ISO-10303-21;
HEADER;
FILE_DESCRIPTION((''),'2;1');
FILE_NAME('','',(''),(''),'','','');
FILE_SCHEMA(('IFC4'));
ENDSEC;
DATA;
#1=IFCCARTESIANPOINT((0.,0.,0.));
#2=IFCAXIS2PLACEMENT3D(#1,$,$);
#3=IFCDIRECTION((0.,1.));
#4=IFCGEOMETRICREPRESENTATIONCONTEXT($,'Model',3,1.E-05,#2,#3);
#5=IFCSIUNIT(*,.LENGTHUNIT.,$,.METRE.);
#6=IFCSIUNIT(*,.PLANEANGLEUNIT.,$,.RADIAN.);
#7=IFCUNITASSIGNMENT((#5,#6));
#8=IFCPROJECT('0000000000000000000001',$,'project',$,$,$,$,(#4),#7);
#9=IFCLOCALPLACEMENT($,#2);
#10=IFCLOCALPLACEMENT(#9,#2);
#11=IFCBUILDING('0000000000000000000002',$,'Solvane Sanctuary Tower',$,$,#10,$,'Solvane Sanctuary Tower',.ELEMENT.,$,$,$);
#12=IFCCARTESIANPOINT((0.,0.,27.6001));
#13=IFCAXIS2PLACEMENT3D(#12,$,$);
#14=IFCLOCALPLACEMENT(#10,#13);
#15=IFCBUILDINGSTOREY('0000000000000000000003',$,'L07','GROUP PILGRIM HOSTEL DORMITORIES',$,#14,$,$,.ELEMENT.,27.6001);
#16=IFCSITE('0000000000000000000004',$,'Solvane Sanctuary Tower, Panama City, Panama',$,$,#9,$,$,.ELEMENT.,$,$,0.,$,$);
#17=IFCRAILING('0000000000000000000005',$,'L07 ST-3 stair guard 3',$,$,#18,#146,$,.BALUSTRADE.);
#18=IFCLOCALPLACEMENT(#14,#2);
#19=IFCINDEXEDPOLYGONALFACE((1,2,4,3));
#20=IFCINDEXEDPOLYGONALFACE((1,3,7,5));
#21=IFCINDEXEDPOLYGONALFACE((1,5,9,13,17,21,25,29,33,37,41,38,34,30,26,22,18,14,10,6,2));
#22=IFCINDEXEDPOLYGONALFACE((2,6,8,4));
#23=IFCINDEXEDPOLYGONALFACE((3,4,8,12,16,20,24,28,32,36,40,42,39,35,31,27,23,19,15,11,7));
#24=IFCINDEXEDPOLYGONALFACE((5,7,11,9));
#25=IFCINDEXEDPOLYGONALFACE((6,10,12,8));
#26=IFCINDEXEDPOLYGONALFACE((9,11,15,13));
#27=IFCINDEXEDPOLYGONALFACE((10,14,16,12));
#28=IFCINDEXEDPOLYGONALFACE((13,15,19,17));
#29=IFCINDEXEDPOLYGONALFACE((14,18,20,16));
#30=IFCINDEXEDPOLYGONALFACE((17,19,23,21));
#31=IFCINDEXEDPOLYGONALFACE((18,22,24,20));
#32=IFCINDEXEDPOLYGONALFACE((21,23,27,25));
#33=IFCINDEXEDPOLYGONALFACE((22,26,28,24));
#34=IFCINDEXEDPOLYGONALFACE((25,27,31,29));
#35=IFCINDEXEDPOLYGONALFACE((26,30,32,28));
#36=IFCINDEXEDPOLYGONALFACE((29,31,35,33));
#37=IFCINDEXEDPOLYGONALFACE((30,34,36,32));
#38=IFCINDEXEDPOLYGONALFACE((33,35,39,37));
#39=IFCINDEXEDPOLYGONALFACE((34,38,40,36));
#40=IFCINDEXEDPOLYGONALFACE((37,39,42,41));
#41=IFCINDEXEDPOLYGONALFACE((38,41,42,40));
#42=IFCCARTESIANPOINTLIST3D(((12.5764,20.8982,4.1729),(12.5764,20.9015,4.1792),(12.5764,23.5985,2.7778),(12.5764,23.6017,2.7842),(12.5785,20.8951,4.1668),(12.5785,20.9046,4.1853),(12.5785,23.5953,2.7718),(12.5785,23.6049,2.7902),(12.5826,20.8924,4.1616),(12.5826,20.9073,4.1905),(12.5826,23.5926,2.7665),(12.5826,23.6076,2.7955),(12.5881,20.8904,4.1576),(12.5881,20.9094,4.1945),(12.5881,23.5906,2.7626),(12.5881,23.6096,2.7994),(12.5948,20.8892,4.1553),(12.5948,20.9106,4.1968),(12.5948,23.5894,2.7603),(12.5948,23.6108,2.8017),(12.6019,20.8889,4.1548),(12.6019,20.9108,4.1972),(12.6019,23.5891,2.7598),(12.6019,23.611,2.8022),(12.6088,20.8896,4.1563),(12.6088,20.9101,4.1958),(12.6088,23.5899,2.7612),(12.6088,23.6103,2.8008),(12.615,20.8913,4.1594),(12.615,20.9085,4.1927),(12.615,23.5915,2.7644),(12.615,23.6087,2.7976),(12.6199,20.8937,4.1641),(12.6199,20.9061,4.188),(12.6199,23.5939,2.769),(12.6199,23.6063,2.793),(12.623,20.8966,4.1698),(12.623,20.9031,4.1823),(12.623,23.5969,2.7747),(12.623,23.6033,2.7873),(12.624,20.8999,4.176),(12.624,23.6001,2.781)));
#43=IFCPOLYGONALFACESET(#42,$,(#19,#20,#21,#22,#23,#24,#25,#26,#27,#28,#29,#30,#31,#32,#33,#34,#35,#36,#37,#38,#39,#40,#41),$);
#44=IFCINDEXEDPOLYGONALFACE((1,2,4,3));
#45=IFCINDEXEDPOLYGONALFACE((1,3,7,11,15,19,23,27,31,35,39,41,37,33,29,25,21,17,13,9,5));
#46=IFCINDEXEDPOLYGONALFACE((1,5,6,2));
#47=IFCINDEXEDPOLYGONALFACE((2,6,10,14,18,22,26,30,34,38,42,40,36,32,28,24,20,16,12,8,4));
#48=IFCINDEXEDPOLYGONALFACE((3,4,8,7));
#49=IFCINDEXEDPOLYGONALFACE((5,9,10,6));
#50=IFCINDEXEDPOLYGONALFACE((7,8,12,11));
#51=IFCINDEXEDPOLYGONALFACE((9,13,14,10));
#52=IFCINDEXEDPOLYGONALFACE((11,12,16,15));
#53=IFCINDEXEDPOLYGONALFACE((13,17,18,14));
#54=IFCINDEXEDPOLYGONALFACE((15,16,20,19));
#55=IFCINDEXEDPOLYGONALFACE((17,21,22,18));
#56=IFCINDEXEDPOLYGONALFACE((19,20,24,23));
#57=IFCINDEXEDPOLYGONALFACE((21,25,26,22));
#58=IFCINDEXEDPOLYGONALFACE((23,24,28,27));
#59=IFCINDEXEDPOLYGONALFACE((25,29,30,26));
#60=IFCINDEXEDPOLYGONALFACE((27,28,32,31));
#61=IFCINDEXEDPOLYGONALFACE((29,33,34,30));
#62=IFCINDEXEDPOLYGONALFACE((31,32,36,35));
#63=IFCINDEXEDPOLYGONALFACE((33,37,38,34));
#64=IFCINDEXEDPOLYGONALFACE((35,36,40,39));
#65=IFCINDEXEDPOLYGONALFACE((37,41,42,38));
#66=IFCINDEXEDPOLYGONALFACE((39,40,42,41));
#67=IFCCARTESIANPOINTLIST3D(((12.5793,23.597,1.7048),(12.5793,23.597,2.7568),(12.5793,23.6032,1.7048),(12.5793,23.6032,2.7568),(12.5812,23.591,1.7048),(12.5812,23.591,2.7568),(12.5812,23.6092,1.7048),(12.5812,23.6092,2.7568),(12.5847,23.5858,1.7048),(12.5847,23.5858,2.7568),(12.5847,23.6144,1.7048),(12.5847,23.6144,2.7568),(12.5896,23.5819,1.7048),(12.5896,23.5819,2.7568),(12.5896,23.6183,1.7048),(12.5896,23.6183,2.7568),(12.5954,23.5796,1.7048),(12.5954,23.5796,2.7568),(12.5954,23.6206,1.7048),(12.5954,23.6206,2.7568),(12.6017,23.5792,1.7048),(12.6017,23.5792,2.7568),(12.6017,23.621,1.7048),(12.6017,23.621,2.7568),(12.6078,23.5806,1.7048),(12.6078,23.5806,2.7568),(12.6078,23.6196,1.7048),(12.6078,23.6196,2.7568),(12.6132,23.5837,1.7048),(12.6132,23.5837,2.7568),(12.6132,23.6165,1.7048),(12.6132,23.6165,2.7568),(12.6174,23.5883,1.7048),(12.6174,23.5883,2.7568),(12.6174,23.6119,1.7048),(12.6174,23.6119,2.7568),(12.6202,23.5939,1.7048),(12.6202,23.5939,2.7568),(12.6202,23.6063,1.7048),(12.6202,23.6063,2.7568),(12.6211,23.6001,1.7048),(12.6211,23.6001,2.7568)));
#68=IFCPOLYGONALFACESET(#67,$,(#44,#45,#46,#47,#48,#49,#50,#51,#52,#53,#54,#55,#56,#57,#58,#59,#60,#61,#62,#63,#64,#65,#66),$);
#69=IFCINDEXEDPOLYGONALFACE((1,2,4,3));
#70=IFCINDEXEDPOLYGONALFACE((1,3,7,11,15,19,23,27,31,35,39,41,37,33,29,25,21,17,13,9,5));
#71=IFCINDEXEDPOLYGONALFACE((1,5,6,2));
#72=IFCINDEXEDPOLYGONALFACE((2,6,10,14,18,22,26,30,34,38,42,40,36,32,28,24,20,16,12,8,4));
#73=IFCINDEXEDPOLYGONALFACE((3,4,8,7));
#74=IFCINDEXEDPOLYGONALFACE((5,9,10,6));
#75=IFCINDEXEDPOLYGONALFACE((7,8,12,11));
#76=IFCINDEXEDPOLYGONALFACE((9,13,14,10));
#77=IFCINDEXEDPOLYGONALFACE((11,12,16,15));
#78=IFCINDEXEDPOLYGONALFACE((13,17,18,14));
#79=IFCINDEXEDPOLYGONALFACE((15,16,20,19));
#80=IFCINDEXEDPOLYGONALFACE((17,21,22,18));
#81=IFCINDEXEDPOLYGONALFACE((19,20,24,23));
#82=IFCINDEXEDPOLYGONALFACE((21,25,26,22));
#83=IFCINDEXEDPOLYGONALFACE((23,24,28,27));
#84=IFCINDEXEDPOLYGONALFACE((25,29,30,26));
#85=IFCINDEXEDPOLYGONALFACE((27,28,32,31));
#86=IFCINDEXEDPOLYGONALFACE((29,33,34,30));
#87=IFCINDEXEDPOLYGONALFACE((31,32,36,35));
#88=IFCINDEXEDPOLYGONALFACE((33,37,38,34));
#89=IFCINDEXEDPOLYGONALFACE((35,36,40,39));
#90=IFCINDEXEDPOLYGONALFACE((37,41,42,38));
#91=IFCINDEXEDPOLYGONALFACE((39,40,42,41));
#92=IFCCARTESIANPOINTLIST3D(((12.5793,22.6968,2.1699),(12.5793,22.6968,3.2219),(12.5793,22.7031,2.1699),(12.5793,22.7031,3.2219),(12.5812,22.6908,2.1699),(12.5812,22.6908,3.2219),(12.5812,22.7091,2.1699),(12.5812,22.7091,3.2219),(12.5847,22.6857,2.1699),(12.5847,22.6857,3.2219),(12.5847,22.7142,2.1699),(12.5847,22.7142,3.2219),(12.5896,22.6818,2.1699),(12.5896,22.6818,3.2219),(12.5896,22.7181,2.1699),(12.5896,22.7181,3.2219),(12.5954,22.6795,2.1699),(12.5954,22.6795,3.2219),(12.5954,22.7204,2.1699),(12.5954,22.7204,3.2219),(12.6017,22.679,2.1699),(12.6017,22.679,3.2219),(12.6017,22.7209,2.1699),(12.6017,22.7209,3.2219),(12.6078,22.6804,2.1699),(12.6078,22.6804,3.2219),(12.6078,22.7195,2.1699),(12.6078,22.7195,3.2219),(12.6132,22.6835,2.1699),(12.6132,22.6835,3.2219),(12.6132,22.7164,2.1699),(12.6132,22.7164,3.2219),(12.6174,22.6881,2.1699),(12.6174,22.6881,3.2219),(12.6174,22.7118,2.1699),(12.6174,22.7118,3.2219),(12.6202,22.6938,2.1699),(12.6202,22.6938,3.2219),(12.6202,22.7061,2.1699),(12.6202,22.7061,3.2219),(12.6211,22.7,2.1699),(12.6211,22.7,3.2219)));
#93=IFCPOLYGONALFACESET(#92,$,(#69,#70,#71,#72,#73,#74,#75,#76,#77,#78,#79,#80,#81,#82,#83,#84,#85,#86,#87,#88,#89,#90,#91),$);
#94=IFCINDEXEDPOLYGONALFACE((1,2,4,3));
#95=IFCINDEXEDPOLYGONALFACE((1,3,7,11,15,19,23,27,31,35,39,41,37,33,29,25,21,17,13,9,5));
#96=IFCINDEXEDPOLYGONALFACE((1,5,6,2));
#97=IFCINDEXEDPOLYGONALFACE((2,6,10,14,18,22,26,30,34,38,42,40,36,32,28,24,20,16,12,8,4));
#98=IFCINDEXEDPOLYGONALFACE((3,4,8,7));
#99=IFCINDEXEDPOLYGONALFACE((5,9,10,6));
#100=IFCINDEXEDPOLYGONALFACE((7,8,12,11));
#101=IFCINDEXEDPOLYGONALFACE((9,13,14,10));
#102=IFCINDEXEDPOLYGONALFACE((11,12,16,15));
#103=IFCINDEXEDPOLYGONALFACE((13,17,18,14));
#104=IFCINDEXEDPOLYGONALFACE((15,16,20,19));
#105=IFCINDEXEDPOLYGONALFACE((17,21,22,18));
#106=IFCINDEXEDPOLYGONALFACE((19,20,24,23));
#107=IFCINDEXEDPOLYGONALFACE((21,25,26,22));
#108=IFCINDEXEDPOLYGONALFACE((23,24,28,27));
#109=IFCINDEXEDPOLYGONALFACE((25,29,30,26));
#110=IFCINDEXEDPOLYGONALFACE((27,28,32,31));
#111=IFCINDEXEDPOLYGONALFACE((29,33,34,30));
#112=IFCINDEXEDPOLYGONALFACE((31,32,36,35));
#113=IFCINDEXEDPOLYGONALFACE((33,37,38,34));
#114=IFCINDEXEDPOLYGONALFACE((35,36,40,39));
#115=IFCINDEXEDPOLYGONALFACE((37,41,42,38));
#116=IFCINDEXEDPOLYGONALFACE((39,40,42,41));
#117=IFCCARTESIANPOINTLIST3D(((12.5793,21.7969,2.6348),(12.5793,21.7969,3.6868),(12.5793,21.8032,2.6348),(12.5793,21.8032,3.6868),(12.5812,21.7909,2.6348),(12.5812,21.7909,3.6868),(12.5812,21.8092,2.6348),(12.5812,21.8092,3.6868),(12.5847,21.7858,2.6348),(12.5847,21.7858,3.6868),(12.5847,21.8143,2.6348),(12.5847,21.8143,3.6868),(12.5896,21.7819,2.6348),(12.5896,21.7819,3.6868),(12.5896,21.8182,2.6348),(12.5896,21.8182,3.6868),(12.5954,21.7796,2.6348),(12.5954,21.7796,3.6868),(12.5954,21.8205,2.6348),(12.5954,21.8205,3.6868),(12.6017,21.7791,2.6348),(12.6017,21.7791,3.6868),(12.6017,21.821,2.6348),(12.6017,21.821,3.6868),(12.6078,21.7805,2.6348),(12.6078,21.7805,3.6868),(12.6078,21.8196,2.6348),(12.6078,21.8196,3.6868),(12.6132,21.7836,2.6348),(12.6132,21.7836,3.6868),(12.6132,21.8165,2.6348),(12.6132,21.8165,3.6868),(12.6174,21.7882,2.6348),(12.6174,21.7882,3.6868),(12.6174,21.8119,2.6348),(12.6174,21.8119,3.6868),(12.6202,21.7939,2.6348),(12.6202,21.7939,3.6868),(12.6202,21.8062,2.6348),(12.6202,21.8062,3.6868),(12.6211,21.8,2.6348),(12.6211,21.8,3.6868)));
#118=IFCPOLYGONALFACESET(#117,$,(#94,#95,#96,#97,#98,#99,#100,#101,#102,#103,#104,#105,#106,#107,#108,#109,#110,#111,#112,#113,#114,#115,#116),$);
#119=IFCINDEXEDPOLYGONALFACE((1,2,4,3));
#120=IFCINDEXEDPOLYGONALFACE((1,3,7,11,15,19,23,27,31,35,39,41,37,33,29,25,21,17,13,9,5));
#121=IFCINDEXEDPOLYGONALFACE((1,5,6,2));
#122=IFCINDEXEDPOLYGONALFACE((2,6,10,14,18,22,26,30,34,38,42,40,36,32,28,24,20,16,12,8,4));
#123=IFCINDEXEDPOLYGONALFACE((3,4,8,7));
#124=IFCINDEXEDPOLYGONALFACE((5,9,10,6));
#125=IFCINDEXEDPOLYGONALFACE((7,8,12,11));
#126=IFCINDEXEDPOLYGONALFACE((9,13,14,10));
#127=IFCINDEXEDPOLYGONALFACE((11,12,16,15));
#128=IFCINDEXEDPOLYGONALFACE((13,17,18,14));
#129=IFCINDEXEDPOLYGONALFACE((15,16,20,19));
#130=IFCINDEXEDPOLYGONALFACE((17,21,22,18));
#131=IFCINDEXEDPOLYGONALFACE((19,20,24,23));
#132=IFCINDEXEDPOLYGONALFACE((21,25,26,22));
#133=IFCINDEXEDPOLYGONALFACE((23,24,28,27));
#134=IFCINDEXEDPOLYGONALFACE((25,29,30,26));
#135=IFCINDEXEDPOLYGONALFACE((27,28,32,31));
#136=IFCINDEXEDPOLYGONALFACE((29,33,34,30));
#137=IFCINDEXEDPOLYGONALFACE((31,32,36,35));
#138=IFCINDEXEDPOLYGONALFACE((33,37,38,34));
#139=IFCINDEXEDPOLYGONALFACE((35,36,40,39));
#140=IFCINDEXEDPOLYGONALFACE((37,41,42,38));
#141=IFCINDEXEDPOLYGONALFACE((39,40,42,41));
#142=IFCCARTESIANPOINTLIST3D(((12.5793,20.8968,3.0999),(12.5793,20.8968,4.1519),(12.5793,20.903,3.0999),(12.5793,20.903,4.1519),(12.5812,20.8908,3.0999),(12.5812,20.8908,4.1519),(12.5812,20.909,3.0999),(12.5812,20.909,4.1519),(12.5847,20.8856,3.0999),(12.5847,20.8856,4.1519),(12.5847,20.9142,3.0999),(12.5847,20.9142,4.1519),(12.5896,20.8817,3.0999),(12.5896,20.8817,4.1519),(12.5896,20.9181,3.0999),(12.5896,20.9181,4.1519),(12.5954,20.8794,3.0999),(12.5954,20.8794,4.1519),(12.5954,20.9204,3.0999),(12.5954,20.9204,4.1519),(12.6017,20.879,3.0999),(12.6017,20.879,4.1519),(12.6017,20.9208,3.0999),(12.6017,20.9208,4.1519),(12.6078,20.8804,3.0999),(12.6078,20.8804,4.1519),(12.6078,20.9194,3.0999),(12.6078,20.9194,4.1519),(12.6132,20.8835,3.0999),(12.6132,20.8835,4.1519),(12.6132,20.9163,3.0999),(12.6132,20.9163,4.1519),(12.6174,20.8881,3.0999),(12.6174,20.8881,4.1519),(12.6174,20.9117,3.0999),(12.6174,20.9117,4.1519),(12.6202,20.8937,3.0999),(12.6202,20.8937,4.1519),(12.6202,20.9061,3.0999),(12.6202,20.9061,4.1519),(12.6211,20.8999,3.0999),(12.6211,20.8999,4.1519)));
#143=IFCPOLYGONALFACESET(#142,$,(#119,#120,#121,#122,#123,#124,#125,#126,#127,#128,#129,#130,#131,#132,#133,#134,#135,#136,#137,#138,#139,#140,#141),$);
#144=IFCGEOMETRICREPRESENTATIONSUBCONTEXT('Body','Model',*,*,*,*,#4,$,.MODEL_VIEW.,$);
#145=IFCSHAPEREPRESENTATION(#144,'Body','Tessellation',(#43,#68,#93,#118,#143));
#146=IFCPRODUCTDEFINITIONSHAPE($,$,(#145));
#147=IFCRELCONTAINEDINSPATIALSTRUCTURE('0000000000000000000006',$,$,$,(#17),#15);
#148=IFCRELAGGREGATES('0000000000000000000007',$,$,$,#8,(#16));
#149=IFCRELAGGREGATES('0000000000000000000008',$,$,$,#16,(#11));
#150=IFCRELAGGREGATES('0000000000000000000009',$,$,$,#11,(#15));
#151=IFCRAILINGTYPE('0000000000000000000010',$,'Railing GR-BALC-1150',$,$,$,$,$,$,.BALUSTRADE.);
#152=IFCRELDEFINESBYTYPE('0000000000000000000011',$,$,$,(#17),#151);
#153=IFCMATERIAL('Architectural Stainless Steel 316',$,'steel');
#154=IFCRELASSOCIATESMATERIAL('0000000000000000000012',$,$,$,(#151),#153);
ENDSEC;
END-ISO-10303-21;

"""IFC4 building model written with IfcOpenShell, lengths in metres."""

from ifc_helpers import new_model, si_unit, direction, frame, origin, origin_2d, place, context, subcontext, project, spatial, circle, extrude, material, type_object, element, save


model = new_model("IFC4")

# Units and contexts
model_context = context("Model", 3, precision=1e-05, world=origin(), true_north=direction((0.0, 1.0)))
body_context = subcontext(model_context, "Body", "Model", "MODEL_VIEW")
ifc_project = project(units=[si_unit("LENGTHUNIT", "METRE"), si_unit("PLANEANGLEUNIT", "RADIAN")], contexts=[model_context])

# Site, building, storey
site_placement = place(None, origin())
site = spatial("IfcSite", under=ifc_project, at=site_placement, Name="Solvane Sanctuary Tower, Panama City, Panama", CompositionType="ELEMENT", RefElevation=0.0)
building_placement = place(site_placement, origin())
building = spatial("IfcBuilding", under=site, at=building_placement, Name="Solvane Sanctuary Tower", LongName="Solvane Sanctuary Tower", CompositionType="ELEMENT")
storey_placement = place(building_placement, frame((0.0, 0.0, 27.6001)))
storey = spatial("IfcBuildingStorey", under=building, at=storey_placement, Name="L07", Description="GROUP PILGRIM HOSTEL DORMITORIES", CompositionType="ELEMENT", Elevation=27.6001)

# Railing
ifc_material_1 = material(Name="Architectural Stainless Steel 316", Category="steel")
railing_type_1 = type_object("IfcRailingType", Name="Railing GR-BALC-1150", PredefinedType="BALUSTRADE", material=ifc_material_1)
railing_1_placement = place(storey_placement, frame((12.6001, 23.6001, 1.7048)))
element("IfcRailing", 1, at=railing_1_placement, inside=storey, type_object=railing_type_1, Name="L07 ST-3 stair guard 3", PredefinedType="BALUSTRADE", context=body_context, shape_type="SweptSolid", body=[
    extrude(circle(Radius=0.0239, at=origin_2d()), frame((0.0, 0.0, 1.0762), z_axis=(0.0, -0.888437, 0.458999), x_axis=(1.0, 0.0, 0.0)), (0.0, 0.0, 1.0), 3.0393),
    extrude(circle(Radius=0.021, at=origin_2d()), origin(), (0.0, 0.0, 1.0), 1.052),
    extrude(circle(Radius=0.021, at=origin_2d()), frame((0.0, -0.9001, 0.4651)), (0.0, 0.0, 1.0), 1.052),
    extrude(circle(Radius=0.021, at=origin_2d()), frame((0.0, -1.8, 0.9299)), (0.0, 0.0, 1.0), 1.052),
    extrude(circle(Radius=0.021, at=origin_2d()), frame((0.0, -2.7002, 1.395)), (0.0, 0.0, 1.0), 1.052),
])

save(model, "model.ifc")
